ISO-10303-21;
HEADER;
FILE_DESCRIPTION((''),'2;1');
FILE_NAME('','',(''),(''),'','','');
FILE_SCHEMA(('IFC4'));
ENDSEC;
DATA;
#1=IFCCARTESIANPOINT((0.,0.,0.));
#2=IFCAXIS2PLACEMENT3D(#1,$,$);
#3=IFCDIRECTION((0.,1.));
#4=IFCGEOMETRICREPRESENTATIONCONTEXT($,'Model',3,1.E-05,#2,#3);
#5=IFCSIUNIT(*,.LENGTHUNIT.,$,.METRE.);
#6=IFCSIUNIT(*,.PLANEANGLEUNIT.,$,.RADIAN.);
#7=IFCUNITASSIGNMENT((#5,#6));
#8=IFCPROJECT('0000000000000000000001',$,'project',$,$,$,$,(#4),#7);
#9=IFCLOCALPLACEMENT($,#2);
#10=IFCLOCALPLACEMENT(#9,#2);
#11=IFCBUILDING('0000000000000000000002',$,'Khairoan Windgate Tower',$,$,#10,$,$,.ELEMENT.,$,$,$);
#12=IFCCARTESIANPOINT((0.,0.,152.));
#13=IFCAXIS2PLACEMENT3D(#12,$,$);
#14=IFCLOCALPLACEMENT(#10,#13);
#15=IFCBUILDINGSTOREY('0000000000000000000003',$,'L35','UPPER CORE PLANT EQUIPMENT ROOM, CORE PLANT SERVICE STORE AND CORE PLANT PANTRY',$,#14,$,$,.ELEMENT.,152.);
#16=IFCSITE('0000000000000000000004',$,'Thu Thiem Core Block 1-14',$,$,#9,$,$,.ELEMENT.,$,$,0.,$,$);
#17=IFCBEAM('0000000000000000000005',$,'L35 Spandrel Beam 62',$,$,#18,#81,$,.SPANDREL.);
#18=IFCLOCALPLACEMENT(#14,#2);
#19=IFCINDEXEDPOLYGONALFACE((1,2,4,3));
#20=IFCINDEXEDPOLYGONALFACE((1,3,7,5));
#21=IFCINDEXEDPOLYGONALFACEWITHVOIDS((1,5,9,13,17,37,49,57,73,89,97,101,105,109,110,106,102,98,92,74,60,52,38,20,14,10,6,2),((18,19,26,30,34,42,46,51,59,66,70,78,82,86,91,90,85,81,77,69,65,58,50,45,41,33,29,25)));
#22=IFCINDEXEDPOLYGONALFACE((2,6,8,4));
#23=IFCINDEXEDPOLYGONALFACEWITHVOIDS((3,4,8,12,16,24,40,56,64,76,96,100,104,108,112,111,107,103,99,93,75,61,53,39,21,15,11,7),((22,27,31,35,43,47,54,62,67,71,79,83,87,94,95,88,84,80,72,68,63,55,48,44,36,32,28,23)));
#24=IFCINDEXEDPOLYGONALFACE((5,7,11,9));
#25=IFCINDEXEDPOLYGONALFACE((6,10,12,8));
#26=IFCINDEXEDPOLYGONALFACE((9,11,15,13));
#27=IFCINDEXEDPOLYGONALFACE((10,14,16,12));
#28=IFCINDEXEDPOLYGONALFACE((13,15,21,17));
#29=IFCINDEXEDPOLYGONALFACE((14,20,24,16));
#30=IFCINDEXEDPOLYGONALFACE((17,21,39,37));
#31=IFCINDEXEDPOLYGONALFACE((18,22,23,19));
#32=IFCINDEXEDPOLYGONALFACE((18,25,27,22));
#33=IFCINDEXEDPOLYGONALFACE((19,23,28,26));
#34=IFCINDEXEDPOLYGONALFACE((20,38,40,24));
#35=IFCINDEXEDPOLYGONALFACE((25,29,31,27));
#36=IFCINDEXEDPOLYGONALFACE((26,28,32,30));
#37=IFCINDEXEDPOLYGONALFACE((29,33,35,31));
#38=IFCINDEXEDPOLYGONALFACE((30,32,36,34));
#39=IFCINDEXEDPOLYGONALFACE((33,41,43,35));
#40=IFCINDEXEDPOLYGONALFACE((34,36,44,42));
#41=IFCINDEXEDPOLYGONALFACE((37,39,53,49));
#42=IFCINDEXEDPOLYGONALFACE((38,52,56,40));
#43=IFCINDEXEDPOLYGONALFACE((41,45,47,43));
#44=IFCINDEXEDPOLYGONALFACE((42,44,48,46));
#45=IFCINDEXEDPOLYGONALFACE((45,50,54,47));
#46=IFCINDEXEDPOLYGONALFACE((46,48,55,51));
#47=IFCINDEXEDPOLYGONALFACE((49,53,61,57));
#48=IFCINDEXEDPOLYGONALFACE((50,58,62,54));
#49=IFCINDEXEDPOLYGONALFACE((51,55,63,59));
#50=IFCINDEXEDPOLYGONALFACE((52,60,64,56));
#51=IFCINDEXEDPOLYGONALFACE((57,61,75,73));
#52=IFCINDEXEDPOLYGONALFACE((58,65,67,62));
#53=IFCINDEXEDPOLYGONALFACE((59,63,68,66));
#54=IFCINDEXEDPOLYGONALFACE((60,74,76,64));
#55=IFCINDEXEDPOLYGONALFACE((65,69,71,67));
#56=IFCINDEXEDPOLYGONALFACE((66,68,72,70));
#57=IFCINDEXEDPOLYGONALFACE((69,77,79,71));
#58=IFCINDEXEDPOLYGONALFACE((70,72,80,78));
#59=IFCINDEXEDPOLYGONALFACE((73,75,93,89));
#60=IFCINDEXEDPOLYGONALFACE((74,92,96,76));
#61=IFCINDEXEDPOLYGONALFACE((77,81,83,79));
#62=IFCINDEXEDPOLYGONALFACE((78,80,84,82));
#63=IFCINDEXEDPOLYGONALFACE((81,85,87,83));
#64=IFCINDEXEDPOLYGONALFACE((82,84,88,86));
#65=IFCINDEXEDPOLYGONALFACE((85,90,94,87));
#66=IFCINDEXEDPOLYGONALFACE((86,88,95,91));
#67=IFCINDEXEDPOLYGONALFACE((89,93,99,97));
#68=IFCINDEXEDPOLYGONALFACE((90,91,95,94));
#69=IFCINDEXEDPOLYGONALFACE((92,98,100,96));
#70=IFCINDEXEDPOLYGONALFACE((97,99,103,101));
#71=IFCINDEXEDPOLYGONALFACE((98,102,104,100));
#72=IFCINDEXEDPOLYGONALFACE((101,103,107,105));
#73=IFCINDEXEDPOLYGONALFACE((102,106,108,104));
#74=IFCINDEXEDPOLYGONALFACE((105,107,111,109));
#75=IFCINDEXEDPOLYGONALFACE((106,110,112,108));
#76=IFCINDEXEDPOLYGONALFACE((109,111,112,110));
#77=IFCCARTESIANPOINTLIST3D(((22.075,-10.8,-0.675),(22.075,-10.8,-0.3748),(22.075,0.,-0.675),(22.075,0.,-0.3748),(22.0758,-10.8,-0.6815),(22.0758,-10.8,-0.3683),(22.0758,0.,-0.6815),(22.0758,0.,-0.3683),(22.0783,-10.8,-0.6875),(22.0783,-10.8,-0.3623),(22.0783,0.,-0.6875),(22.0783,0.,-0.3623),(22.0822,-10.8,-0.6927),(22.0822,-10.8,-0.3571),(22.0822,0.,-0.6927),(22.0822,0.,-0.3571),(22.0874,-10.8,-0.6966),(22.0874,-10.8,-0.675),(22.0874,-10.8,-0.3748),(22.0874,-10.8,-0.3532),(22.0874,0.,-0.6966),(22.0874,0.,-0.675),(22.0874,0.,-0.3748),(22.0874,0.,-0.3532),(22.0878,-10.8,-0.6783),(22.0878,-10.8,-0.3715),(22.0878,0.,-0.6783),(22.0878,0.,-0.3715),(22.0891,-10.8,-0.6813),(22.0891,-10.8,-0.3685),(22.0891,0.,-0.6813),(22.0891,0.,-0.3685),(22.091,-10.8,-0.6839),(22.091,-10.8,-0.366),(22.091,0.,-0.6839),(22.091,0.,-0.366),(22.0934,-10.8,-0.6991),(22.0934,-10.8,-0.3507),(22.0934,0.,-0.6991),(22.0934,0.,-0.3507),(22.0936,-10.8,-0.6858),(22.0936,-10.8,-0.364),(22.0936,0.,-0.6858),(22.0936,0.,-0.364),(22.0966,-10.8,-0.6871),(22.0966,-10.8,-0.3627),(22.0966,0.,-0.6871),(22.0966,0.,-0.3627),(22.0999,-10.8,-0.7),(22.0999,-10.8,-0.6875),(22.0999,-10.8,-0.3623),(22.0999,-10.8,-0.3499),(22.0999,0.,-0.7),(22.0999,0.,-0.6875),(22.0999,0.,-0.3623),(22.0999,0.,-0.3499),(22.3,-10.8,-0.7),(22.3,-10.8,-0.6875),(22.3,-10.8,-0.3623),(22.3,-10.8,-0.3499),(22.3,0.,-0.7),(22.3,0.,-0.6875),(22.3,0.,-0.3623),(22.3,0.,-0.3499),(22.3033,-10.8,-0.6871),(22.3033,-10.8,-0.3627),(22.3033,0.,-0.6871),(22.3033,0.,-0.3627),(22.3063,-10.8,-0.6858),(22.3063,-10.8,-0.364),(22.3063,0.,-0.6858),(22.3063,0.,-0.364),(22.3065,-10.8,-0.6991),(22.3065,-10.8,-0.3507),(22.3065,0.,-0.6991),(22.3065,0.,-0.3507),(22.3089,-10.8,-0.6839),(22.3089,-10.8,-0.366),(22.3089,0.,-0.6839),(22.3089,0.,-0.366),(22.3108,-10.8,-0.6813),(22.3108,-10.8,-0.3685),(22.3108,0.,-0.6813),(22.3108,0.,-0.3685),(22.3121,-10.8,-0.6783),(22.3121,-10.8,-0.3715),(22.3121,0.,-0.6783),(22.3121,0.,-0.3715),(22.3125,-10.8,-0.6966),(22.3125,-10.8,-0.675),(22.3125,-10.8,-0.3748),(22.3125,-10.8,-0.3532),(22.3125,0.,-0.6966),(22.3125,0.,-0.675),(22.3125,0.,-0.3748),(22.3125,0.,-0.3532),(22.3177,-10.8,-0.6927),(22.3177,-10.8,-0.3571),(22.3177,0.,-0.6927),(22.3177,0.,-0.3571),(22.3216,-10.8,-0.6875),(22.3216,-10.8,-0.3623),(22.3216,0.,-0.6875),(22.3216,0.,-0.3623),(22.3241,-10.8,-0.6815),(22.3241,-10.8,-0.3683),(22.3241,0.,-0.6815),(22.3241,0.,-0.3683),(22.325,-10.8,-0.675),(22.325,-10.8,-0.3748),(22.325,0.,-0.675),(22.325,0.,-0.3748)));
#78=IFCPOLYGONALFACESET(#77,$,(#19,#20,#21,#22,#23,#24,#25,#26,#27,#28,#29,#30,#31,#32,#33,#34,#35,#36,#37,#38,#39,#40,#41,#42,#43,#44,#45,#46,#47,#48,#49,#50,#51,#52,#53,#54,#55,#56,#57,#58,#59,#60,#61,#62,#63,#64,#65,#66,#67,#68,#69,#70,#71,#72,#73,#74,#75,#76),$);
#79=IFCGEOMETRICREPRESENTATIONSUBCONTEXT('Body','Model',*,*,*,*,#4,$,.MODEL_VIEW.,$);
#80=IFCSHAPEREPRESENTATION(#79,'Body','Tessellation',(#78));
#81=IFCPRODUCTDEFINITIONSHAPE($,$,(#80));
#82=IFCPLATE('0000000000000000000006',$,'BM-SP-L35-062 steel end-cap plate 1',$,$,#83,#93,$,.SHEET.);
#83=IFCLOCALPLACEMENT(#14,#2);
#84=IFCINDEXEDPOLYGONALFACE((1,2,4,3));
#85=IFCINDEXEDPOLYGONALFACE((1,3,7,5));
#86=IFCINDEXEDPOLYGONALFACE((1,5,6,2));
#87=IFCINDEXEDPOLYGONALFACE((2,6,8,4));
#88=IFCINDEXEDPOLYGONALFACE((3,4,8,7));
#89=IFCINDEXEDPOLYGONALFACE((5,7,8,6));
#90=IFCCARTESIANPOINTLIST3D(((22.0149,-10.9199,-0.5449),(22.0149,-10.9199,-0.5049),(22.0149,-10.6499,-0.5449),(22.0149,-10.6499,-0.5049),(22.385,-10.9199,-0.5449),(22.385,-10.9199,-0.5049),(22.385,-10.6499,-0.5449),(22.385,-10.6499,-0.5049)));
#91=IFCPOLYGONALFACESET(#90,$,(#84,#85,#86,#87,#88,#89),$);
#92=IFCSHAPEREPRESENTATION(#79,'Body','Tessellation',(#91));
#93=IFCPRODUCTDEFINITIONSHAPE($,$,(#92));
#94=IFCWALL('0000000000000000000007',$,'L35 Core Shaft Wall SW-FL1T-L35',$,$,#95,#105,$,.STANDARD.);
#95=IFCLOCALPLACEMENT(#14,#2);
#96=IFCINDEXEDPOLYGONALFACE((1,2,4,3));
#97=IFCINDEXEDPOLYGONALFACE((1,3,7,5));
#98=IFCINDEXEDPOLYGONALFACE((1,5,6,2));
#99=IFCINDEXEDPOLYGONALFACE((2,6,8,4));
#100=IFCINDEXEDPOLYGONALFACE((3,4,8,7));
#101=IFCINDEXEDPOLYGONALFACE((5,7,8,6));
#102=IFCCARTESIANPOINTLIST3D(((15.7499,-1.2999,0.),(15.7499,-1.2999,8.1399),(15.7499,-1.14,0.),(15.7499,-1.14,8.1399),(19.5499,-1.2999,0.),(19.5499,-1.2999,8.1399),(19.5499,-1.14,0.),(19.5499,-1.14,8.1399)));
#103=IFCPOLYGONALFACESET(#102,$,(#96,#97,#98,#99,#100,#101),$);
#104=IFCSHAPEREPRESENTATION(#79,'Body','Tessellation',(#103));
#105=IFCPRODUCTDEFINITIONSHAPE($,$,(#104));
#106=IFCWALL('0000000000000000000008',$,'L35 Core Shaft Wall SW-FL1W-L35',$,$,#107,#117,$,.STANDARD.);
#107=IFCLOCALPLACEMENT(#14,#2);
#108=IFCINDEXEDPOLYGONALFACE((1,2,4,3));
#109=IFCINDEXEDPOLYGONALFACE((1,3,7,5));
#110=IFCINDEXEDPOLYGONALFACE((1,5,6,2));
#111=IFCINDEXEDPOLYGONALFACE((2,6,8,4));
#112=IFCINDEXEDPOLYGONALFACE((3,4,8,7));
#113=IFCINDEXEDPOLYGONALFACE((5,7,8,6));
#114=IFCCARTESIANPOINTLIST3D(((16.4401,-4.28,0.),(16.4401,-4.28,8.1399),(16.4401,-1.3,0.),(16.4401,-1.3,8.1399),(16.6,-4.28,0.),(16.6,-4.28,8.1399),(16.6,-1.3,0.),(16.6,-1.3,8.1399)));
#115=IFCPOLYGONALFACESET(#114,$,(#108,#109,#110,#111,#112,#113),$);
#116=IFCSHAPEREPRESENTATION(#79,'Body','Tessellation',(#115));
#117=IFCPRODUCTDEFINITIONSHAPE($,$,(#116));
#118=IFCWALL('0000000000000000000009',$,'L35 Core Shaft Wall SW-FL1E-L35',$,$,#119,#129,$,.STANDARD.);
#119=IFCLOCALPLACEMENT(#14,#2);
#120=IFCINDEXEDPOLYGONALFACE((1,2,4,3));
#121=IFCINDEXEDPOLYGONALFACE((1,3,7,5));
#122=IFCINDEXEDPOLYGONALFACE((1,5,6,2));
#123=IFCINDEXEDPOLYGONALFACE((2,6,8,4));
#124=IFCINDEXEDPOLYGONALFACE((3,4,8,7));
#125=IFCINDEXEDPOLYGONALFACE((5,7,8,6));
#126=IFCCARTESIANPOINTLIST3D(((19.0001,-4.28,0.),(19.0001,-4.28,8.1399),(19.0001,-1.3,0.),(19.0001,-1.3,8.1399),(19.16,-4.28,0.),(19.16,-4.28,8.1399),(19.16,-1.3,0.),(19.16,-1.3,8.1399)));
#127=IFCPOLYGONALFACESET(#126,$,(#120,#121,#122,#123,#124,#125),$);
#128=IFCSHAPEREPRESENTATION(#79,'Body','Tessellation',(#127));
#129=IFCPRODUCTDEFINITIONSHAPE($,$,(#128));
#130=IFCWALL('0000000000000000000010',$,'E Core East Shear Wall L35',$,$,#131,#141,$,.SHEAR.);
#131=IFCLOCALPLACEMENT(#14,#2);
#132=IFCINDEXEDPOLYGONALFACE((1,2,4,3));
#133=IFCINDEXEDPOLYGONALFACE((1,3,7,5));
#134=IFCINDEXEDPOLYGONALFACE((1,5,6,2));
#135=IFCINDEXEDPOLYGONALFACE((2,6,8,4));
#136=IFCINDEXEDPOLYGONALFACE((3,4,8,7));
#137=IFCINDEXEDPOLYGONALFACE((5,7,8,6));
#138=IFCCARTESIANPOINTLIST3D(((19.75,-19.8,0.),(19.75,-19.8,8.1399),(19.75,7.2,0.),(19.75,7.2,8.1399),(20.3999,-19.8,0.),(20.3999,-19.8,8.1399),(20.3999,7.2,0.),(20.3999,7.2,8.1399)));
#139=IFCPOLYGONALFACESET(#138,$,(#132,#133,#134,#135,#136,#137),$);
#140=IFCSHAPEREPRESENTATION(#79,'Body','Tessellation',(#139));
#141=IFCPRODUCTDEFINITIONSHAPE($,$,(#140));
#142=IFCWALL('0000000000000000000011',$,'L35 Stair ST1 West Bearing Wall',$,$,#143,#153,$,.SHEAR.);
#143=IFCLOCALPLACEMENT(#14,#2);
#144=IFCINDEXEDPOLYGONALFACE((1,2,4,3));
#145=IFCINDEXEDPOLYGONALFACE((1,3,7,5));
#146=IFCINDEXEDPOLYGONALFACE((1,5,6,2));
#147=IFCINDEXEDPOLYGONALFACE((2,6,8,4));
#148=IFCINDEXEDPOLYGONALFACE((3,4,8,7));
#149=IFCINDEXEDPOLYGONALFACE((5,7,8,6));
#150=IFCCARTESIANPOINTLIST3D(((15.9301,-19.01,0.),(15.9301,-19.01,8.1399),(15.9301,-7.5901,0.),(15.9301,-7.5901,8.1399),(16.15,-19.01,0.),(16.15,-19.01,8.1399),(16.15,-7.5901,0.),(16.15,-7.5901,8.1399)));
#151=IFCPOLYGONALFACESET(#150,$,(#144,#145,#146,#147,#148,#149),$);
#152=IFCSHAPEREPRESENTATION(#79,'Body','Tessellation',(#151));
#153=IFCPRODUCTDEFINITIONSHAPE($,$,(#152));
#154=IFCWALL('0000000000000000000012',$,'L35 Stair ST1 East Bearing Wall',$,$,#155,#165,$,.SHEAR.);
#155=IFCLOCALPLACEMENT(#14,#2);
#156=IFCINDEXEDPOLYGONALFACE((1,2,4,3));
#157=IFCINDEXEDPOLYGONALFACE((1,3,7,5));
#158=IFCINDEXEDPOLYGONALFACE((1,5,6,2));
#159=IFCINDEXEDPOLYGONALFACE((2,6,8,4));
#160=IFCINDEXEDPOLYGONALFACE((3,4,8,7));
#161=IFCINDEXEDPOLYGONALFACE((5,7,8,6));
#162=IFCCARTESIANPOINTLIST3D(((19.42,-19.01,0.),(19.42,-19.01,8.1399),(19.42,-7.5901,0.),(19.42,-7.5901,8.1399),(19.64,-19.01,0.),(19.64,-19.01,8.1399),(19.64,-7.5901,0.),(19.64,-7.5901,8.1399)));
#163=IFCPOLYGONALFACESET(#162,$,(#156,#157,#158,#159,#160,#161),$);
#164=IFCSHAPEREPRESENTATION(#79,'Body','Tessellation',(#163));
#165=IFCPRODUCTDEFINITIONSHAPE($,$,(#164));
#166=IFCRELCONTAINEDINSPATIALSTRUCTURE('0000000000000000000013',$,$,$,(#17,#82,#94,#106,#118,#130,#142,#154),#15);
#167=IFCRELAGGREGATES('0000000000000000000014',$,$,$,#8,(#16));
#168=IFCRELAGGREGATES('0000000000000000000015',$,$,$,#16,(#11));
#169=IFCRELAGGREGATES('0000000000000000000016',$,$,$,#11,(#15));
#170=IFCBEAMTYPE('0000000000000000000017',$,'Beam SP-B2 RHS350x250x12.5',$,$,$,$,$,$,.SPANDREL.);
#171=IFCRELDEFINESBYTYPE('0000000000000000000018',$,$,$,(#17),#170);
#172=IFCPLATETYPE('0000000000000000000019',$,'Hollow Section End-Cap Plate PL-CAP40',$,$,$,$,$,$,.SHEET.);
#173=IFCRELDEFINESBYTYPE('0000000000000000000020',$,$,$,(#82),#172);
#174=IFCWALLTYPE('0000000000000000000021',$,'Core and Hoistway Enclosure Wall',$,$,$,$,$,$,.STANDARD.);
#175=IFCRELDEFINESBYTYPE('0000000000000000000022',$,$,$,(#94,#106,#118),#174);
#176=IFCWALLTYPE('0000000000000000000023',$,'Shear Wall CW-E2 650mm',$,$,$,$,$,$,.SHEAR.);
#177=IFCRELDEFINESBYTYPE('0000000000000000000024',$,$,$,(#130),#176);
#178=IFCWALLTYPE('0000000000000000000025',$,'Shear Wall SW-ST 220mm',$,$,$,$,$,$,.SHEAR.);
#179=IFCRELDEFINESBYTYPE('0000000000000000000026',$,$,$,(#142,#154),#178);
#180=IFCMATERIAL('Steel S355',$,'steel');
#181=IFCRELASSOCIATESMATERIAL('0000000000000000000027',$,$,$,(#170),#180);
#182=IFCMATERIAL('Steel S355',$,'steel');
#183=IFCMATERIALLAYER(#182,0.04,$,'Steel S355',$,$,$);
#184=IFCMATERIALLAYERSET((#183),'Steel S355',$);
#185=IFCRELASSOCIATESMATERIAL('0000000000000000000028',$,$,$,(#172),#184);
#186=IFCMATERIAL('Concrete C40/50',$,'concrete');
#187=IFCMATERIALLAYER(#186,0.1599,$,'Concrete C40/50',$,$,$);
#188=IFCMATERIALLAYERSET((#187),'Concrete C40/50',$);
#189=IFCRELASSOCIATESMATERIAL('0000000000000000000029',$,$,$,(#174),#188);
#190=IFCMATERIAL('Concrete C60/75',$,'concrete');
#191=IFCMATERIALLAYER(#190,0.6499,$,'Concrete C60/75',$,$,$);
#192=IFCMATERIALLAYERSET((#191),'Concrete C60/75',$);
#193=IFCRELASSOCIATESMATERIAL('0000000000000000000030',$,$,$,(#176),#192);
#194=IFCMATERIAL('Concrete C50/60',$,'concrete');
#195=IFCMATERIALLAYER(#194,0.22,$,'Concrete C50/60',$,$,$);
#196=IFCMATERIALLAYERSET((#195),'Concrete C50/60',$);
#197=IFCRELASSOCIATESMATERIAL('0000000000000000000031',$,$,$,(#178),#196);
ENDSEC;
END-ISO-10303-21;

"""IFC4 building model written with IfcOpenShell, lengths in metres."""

from ifc_helpers import new_model, si_unit, direction, frame, frame_2d, origin, origin_2d, place, context, subcontext, project, spatial, rectangle, hollow_rectangle, extrude, material, layer, layer_set, material_profile, profile_set, type_object, element, save


model = new_model("IFC4")

# Units and contexts
model_context = context("Model", 3, precision=1e-05, world=origin(), true_north=direction((0.0, 1.0)))
body_context = subcontext(model_context, "Body", "Model", "MODEL_VIEW")
ifc_project = project(units=[si_unit("LENGTHUNIT", "METRE"), si_unit("PLANEANGLEUNIT", "RADIAN")], contexts=[model_context])

# Site, building, storey
site_placement = place(None, origin())
site = spatial("IfcSite", under=ifc_project, at=site_placement, Name="Thu Thiem Core Block 1-14", CompositionType="ELEMENT", RefElevation=0.0)
building_placement = place(site_placement, origin())
building = spatial("IfcBuilding", under=site, at=building_placement, Name="Khairoan Windgate Tower", CompositionType="ELEMENT")
storey_placement = place(building_placement, frame((0.0, 0.0, 152.0)))
storey = spatial("IfcBuildingStorey", under=building, at=storey_placement, Name="L35", Description="UPPER CORE PLANT EQUIPMENT ROOM, CORE PLANT SERVICE STORE AND CORE PLANT PANTRY", CompositionType="ELEMENT", Elevation=152.0)

# Beam
ifc_material_1 = material(Name="Steel S355", Category="steel")
ifc_material_profile_1 = material_profile(ifc_material_1, hollow_rectangle(XDim=0.25, YDim=0.3501, WallThickness=0.0125, InnerFilletRadius=0.0125, OuterFilletRadius=0.0249, at=origin_2d()))
ifc_profile_set_1 = profile_set([ifc_material_profile_1], Name="Steel S355")
beam_type_1 = type_object("IfcBeamType", Name="Beam SP-B2 RHS350x250x12.5", PredefinedType="SPANDREL", material=ifc_profile_set_1)
beam_1_placement = place(storey_placement, frame((22.2, -10.8, -0.5249), z_axis=(0.0, 1.0, 0.0), x_axis=(-1.0, 0.0, 0.0)))
element("IfcBeam", 1, at=beam_1_placement, inside=storey, type_object=beam_type_1, Name="L35 Spandrel Beam 62", PredefinedType="SPANDREL", context=body_context, shape_type="SweptSolid", body=[
    extrude(hollow_rectangle(XDim=0.25, YDim=0.3501, WallThickness=0.0125, InnerFilletRadius=0.0125, OuterFilletRadius=0.0249, at=origin_2d()), origin(), (0.0, 0.0, 1.0), 10.8),
])

# Plate
ifc_material_2 = material(Name="Steel S355", Category="steel")
ifc_layer_1 = layer(ifc_material_2, 0.04, Name="Steel S355")
ifc_layer_set_1 = layer_set([ifc_layer_1], Name="Steel S355")
plate_type = type_object("IfcPlateType", Name="Hollow Section End-Cap Plate PL-CAP40", PredefinedType="SHEET", material=ifc_layer_set_1)
plate_placement = place(storey_placement, frame((22.2, -10.7849, -0.5449), z_axis=(0.0, 0.0, 1.0), x_axis=(0.0, 1.0, 0.0)))
element("IfcPlate", 2, at=plate_placement, inside=storey, type_object=plate_type, Name="BM-SP-L35-062 steel end-cap plate 1", PredefinedType="SHEET", context=body_context, shape_type="SweptSolid", body=[
    extrude(rectangle(XDim=0.27, YDim=0.3701, at=origin_2d()), origin(), (0.0, 0.0, 1.0), 0.04),
])

# Walls
ifc_material_3 = material(Name="Concrete C40/50", Category="concrete")
ifc_layer_2 = layer(ifc_material_3, 0.1599, Name="Concrete C40/50")
ifc_layer_set_2 = layer_set([ifc_layer_2], Name="Concrete C40/50")
wall_type_1 = type_object("IfcWallType", Name="Core and Hoistway Enclosure Wall", PredefinedType="STANDARD", material=ifc_layer_set_2)
wall_1_placement = place(storey_placement, frame((15.75, -1.22, 0.0), z_axis=(0.0, 0.0, 1.0), x_axis=(1.0, 0.0, 0.0)))
element("IfcWall", 3, at=wall_1_placement, inside=storey, type_object=wall_type_1, Name="L35 Core Shaft Wall SW-FL1T-L35", PredefinedType="STANDARD", context=body_context, shape_type="SweptSolid", body=[
    extrude(rectangle(XDim=3.8, YDim=0.1599, at=frame_2d((1.8999, 0.0))), origin(), (0.0, 0.0, 1.0), 8.1399),
])
for number, where, z_axis, x_axis, name in (
    (4, (16.52, -4.28, 0.0), (0.0, 0.0, 1.0), (0.0, 1.0, 0.0), "L35 Core Shaft Wall SW-FL1W-L35"),
    (5, (19.0801, -4.28, 0.0), (0.0, 0.0, 1.0), (0.0, 1.0, 0.0), "L35 Core Shaft Wall SW-FL1E-L35"),
):
    element("IfcWall", number, at=place(storey_placement, frame(where, z_axis=z_axis, x_axis=x_axis)), inside=storey, type_object=wall_type_1, Name=name, PredefinedType="STANDARD", context=body_context, shape_type="SweptSolid", body=[
        extrude(rectangle(XDim=2.98, YDim=0.1599, at=frame_2d((1.49, 0.0))), origin(), (0.0, 0.0, 1.0), 8.1399),
    ])
ifc_material_4 = material(Name="Concrete C60/75", Category="concrete")
ifc_layer_3 = layer(ifc_material_4, 0.6499, Name="Concrete C60/75")
ifc_layer_set_3 = layer_set([ifc_layer_3], Name="Concrete C60/75")
wall_type_2 = type_object("IfcWallType", Name="Shear Wall CW-E2 650mm", PredefinedType="SHEAR", material=ifc_layer_set_3)
wall_2_placement = place(storey_placement, frame((20.075, -19.8, 0.0), z_axis=(0.0, 0.0, 1.0), x_axis=(0.0, 1.0, 0.0)))
element("IfcWall", 6, at=wall_2_placement, inside=storey, type_object=wall_type_2, Name="E Core East Shear Wall L35", PredefinedType="SHEAR", context=body_context, shape_type="SweptSolid", body=[
    extrude(rectangle(XDim=27.0, YDim=0.6499, at=frame_2d((13.5, 0.0))), origin(), (0.0, 0.0, 1.0), 8.1399),
])
ifc_material_5 = material(Name="Concrete C50/60", Category="concrete")
ifc_layer_4 = layer(ifc_material_5, 0.22, Name="Concrete C50/60")
ifc_layer_set_4 = layer_set([ifc_layer_4], Name="Concrete C50/60")
wall_type_3 = type_object("IfcWallType", Name="Shear Wall SW-ST 220mm", PredefinedType="SHEAR", material=ifc_layer_set_4)
for number, where, z_axis, x_axis, name in (
    (7, (16.04, -19.01, 0.0), (0.0, 0.0, 1.0), (0.0, 1.0, 0.0), "L35 Stair ST1 West Bearing Wall"),
    (8, (19.53, -19.01, 0.0), (0.0, 0.0, 1.0), (0.0, 1.0, 0.0), "L35 Stair ST1 East Bearing Wall"),
):
    element("IfcWall", number, at=place(storey_placement, frame(where, z_axis=z_axis, x_axis=x_axis)), inside=storey, type_object=wall_type_3, Name=name, PredefinedType="SHEAR", context=body_context, shape_type="SweptSolid", body=[
        extrude(rectangle(XDim=11.4199, YDim=0.22, at=frame_2d((5.71, 0.0))), origin(), (0.0, 0.0, 1.0), 8.1399),
    ])

save(model, "model.ifc")
